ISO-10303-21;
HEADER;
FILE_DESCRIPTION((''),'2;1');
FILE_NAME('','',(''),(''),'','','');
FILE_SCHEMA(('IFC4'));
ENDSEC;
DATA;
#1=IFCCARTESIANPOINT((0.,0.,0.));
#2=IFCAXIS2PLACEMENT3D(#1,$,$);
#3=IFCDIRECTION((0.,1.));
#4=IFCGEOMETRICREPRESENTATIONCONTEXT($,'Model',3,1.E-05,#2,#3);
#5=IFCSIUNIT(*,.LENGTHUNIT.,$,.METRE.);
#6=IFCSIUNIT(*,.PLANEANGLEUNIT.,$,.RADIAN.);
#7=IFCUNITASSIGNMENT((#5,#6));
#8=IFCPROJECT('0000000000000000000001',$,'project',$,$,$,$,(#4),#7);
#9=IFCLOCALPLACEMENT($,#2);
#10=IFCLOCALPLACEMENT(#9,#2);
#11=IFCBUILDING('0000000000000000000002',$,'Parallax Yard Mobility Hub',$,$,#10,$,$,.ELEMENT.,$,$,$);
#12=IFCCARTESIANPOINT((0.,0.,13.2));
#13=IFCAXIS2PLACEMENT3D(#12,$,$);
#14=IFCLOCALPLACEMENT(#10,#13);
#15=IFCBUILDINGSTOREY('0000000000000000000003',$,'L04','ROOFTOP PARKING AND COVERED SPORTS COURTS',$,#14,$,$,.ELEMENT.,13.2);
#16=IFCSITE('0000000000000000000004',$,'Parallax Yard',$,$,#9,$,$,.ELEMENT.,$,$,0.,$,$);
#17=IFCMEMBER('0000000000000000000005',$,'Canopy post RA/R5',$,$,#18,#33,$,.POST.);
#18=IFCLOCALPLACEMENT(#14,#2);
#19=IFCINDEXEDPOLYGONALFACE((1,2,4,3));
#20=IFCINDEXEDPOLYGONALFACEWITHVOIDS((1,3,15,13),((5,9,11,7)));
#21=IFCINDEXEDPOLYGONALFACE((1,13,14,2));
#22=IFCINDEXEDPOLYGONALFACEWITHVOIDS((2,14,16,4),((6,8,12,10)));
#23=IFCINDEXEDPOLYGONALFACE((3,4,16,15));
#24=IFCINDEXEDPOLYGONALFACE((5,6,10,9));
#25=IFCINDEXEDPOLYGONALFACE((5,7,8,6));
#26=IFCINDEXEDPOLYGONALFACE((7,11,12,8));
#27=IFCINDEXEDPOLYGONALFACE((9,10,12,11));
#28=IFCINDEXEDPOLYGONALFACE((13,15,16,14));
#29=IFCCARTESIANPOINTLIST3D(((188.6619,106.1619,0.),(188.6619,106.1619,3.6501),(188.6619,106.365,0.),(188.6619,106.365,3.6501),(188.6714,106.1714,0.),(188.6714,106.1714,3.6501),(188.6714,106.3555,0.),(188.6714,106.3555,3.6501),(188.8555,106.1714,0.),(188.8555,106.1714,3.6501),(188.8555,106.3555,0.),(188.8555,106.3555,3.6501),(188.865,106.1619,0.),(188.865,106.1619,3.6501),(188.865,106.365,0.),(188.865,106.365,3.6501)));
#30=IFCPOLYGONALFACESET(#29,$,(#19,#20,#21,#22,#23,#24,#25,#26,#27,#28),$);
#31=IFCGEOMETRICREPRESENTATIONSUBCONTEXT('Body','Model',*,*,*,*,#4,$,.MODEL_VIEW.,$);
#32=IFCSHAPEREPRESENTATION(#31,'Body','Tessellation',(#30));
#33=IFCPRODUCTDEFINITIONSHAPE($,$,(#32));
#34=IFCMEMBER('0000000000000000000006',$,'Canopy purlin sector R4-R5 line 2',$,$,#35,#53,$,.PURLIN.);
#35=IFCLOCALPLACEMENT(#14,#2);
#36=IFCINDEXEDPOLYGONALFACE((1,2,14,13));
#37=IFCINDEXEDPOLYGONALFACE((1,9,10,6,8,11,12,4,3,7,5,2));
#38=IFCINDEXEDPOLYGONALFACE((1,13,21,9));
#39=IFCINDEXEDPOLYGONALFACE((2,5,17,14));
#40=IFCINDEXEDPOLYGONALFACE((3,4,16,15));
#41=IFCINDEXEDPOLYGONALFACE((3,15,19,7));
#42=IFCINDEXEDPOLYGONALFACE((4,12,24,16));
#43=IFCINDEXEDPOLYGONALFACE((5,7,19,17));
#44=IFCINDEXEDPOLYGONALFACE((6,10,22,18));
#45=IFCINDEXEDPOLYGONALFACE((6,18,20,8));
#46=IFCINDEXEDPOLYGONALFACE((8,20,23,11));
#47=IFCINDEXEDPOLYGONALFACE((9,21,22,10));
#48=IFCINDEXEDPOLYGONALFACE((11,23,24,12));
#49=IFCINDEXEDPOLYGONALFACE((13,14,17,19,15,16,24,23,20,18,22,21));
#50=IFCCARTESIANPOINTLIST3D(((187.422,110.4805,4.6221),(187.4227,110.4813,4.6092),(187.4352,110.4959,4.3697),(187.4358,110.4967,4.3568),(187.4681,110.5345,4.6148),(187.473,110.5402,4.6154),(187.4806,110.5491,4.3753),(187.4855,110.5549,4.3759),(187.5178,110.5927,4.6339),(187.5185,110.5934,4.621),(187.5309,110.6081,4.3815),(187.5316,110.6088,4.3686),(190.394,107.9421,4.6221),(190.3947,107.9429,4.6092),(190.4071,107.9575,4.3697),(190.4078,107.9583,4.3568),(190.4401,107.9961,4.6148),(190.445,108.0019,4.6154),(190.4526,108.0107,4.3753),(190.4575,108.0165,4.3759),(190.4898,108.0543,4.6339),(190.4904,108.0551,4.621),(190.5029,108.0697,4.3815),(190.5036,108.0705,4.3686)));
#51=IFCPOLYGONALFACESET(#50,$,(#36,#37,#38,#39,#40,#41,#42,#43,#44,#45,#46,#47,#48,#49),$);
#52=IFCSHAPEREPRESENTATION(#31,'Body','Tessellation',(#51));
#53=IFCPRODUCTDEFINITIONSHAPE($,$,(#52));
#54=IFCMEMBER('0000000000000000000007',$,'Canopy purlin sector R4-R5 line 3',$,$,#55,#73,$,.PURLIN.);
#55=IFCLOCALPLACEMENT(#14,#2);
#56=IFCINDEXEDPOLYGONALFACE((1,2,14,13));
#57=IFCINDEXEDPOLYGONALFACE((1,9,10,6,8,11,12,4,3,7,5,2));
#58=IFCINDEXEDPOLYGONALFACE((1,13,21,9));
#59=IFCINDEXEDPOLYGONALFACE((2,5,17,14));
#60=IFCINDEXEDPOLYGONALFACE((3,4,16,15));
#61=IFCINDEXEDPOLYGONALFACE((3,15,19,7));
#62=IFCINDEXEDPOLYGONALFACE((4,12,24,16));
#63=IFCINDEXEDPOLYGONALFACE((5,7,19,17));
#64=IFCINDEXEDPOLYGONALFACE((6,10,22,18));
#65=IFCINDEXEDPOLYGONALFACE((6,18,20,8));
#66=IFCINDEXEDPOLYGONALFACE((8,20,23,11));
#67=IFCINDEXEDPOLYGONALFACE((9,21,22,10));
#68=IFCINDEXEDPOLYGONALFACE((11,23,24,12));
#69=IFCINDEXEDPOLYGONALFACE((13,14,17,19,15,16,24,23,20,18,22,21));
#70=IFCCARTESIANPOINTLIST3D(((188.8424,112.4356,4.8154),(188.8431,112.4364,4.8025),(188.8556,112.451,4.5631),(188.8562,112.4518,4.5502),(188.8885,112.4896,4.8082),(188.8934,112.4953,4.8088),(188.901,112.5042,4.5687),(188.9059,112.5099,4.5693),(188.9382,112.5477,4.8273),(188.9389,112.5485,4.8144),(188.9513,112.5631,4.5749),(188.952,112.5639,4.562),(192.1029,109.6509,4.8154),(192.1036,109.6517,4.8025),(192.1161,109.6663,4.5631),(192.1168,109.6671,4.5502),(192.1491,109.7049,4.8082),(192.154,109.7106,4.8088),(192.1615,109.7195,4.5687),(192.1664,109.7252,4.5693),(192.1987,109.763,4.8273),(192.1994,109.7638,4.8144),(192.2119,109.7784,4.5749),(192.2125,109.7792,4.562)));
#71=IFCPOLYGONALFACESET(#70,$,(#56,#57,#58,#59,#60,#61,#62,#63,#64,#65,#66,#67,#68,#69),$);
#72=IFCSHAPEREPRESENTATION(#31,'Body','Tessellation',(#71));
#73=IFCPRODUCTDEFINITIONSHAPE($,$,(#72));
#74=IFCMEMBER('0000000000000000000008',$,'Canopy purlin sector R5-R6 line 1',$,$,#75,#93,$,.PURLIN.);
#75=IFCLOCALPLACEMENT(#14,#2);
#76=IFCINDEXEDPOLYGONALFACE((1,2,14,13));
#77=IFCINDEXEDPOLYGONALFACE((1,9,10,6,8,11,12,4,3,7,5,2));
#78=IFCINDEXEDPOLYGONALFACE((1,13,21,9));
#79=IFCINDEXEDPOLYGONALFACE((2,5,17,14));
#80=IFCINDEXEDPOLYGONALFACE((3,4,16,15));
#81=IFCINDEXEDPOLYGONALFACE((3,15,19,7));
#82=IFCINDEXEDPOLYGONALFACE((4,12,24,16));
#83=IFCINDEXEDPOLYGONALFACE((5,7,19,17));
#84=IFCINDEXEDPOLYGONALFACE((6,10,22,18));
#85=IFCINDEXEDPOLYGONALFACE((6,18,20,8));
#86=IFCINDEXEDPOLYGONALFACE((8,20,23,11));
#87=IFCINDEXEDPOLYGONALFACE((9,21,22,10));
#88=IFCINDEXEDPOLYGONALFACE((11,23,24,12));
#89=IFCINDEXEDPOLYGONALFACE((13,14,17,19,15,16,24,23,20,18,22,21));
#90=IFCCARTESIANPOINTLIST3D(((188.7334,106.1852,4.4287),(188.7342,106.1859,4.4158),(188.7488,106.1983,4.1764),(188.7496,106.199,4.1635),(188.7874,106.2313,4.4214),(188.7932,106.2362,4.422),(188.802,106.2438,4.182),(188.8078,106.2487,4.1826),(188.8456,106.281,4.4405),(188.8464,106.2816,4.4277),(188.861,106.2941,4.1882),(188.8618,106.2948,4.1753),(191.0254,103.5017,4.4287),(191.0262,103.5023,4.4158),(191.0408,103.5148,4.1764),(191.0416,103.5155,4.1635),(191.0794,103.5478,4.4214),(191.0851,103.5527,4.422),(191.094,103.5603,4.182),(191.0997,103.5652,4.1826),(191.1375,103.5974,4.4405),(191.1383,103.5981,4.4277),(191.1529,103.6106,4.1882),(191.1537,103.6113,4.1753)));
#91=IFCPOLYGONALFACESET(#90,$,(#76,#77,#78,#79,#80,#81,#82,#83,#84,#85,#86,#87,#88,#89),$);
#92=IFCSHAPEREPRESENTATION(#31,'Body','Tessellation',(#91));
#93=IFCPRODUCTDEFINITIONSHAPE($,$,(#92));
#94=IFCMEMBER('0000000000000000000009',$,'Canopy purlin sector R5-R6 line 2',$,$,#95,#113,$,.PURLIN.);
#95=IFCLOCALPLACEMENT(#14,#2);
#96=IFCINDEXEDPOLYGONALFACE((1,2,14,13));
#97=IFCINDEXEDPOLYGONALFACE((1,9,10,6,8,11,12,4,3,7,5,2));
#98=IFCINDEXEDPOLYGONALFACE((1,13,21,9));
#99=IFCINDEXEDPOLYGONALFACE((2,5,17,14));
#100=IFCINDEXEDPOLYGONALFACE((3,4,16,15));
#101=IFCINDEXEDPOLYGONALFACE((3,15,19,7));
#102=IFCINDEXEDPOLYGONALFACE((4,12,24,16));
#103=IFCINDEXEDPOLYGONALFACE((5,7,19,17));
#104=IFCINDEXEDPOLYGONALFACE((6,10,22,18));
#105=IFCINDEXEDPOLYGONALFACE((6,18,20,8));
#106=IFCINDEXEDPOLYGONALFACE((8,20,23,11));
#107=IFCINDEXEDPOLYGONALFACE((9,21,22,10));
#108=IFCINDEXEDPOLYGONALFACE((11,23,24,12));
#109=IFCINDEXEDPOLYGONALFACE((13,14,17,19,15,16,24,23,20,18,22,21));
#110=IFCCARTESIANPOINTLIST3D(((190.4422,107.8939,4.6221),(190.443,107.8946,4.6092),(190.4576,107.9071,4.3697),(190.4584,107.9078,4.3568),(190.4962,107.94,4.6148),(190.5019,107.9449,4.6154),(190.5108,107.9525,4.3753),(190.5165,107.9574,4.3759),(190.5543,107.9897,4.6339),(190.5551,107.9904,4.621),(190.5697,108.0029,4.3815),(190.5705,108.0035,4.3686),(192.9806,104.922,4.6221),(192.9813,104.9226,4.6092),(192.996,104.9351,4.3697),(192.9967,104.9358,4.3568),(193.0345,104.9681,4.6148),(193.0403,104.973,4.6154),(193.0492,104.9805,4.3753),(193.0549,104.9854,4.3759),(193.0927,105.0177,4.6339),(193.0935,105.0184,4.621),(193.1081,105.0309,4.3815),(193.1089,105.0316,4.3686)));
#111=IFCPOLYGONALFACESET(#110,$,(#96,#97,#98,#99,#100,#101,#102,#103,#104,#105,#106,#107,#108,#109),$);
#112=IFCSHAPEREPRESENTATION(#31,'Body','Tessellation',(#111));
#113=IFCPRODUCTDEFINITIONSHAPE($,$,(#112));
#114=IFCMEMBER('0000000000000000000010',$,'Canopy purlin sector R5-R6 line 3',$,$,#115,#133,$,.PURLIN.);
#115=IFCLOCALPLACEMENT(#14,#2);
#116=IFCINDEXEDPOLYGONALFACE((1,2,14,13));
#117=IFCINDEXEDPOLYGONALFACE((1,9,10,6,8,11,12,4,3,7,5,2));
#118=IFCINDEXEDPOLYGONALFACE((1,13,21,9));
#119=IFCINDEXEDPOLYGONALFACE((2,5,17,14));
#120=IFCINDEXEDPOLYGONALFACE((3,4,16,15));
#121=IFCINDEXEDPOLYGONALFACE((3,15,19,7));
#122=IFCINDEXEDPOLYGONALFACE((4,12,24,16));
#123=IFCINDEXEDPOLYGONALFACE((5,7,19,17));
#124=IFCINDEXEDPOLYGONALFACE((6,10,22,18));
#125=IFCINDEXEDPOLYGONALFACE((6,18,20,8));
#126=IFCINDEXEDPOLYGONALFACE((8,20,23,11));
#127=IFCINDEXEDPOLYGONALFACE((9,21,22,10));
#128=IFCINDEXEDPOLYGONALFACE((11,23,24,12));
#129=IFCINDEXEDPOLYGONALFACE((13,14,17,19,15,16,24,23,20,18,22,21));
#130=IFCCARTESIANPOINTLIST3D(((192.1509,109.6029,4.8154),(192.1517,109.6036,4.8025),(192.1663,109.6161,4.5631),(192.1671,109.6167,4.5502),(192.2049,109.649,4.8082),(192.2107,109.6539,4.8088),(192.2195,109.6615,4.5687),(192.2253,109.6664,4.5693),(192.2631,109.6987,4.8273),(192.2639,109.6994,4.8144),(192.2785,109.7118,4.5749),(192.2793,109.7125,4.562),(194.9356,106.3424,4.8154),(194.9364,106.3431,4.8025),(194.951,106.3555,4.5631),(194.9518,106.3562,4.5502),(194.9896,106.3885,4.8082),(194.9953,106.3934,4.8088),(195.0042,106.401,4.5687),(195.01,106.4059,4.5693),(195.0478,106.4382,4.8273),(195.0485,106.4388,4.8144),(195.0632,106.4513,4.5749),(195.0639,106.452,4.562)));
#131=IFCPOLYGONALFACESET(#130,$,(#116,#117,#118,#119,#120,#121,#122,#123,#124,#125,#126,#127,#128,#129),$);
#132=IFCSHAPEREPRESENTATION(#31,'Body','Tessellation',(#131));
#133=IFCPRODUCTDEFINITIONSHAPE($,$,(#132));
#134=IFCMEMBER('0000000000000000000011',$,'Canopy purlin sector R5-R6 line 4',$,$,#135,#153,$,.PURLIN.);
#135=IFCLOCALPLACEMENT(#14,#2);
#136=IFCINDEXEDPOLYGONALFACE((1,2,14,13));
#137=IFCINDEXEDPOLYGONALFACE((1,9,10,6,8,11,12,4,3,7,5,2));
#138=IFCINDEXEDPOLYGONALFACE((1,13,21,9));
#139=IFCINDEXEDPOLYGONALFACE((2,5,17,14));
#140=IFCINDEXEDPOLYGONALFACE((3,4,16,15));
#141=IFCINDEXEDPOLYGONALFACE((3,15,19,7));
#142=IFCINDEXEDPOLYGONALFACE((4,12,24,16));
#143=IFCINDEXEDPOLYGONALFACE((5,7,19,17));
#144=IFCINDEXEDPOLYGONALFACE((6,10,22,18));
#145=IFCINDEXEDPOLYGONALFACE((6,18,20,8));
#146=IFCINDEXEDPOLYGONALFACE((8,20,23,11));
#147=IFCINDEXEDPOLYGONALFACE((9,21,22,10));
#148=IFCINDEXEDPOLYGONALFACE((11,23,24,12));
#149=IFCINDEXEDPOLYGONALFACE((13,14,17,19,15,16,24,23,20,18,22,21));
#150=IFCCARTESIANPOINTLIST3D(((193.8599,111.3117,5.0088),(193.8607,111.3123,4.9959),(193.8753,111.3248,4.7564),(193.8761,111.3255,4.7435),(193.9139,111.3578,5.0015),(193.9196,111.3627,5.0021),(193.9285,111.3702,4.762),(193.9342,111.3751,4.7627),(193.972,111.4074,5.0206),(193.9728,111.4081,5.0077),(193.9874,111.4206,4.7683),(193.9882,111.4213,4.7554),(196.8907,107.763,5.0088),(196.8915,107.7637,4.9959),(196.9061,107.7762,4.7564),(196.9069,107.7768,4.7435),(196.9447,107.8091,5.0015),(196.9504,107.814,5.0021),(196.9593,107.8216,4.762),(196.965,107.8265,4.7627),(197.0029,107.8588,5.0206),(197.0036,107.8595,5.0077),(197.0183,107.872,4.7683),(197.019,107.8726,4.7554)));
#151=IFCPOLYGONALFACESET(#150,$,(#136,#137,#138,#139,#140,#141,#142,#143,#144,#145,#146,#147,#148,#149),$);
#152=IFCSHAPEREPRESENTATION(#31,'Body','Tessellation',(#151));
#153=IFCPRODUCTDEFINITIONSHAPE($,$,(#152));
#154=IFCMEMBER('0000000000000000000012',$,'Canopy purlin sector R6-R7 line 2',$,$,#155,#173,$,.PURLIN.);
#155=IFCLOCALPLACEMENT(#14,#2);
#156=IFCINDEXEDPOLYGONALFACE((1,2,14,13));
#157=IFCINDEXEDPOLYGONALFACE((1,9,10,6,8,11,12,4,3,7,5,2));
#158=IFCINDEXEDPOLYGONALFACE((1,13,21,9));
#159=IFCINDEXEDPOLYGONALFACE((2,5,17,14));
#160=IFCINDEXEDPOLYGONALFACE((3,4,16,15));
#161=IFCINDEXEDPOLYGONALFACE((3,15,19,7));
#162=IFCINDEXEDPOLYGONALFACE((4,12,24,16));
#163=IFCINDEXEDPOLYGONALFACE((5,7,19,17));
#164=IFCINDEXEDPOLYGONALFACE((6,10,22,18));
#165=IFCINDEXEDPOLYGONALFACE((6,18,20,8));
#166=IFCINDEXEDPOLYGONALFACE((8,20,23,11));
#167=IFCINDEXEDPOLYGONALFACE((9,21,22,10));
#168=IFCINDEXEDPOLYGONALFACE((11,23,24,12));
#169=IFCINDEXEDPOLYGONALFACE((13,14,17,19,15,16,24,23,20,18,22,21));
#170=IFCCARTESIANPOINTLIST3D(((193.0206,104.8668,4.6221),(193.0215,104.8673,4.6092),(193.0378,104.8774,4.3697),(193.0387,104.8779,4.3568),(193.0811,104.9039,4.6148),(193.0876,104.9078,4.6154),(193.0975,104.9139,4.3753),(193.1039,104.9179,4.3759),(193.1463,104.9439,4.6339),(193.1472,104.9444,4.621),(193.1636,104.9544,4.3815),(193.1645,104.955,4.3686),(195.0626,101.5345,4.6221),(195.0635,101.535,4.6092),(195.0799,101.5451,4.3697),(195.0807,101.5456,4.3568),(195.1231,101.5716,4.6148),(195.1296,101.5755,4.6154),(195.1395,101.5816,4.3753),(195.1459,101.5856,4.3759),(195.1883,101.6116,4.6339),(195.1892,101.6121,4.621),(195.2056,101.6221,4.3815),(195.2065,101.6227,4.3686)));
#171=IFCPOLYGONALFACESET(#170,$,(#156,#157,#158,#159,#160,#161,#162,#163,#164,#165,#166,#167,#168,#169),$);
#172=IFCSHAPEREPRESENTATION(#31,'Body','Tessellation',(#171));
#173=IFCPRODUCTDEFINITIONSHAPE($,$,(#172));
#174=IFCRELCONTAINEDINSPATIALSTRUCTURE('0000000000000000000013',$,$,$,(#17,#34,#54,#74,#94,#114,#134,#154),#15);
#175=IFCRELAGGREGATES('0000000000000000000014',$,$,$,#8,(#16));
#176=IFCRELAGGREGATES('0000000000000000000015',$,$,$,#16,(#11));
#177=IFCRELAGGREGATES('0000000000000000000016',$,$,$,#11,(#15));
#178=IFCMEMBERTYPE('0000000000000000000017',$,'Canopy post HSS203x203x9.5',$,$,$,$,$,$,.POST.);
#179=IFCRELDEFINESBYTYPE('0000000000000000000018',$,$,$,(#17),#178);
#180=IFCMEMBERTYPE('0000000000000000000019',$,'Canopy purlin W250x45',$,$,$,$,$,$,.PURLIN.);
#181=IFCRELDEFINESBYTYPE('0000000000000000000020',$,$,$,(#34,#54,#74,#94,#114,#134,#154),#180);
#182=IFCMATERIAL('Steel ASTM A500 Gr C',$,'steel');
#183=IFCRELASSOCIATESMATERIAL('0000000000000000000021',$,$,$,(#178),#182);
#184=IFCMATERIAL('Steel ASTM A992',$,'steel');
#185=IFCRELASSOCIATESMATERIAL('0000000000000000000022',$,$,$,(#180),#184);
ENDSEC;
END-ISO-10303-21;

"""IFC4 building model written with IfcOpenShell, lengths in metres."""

from ifc_helpers import new_model, si_unit, direction, frame, origin, origin_2d, place, context, subcontext, project, spatial, hollow_rectangle, i_section, extrude, material, material_profile, profile_set, type_object, element, save


model = new_model("IFC4")

# Units and contexts
model_context = context("Model", 3, precision=1e-05, world=origin(), true_north=direction((0.0, 1.0)))
body_context = subcontext(model_context, "Body", "Model", "MODEL_VIEW")
ifc_project = project(units=[si_unit("LENGTHUNIT", "METRE"), si_unit("PLANEANGLEUNIT", "RADIAN")], contexts=[model_context])

# Site, building, storey
site_placement = place(None, origin())
site = spatial("IfcSite", under=ifc_project, at=site_placement, Name="Parallax Yard", CompositionType="ELEMENT", RefElevation=0.0)
building_placement = place(site_placement, origin())
building = spatial("IfcBuilding", under=site, at=building_placement, Name="Parallax Yard Mobility Hub", CompositionType="ELEMENT")
storey_placement = place(building_placement, frame((0.0, 0.0, 13.2)))
storey = spatial("IfcBuildingStorey", under=building, at=storey_placement, Name="L04", Description="ROOFTOP PARKING AND COVERED SPORTS COURTS", CompositionType="ELEMENT", Elevation=13.2)

# Members
ifc_material_1 = material(Name="Steel ASTM A500 Gr C", Category="steel")
ifc_material_profile_1 = material_profile(ifc_material_1, hollow_rectangle(XDim=0.2031, YDim=0.2031, WallThickness=0.0095, at=origin_2d()), Name="HSS203x203x9.5")
ifc_profile_set_1 = profile_set([ifc_material_profile_1], Name="Steel ASTM A500 Gr C")
member_type_1 = type_object("IfcMemberType", Name="Canopy post HSS203x203x9.5", PredefinedType="POST", material=ifc_profile_set_1)
member_1_placement = place(storey_placement, frame((188.7634, 106.2634, 0.0), z_axis=(0.0, 0.0, 1.0), x_axis=(1.0, 0.0, 0.0)))
element("IfcMember", 1, at=member_1_placement, inside=storey, type_object=member_type_1, Name="Canopy post RA/R5", PredefinedType="POST", context=body_context, shape_type="SweptSolid", body=[
    extrude(hollow_rectangle(XDim=0.2031, YDim=0.2031, WallThickness=0.0095, at=origin_2d()), origin(), (0.0, 0.0, 1.0), 3.6501),
])
ifc_material_2 = material(Name="Steel ASTM A992", Category="steel")
ifc_material_profile_2 = material_profile(ifc_material_2, i_section(OverallWidth=0.1479, OverallDepth=0.2661, WebThickness=0.0076, FlangeThickness=0.0129, at=origin_2d()), Name="W250x45")
ifc_profile_set_2 = profile_set([ifc_material_profile_2], Name="Steel ASTM A992")
member_type_2 = type_object("IfcMemberType", Name="Canopy purlin W250x45", PredefinedType="PURLIN", material=ifc_profile_set_2)
member_2_placement = place(storey_placement, frame((187.4768, 110.5447, 4.4954), z_axis=(0.760397, -0.649458, 0.0), x_axis=(0.647377, 0.757961, 0.07999)))
element("IfcMember", 2, at=member_2_placement, inside=storey, type_object=member_type_2, Name="Canopy purlin sector R4-R5 line 2", PredefinedType="PURLIN", context=body_context, shape_type="SweptSolid", body=[
    extrude(i_section(OverallWidth=0.1479, OverallDepth=0.2661, WebThickness=0.0076, FlangeThickness=0.0129, at=origin_2d()), origin(), (0.0, 0.0, 1.0), 3.9084),
])
member_3_placement = place(storey_placement, frame((188.8972, 112.4998, 4.6887), z_axis=(0.760413, -0.64944, 0.0), x_axis=(0.647359, 0.757976, 0.07999)))
element("IfcMember", 3, at=member_3_placement, inside=storey, type_object=member_type_2, Name="Canopy purlin sector R4-R5 line 3", PredefinedType="PURLIN", context=body_context, shape_type="SweptSolid", body=[
    extrude(i_section(OverallWidth=0.1479, OverallDepth=0.2661, WebThickness=0.0076, FlangeThickness=0.0129, at=origin_2d()), origin(), (0.0, 0.0, 1.0), 4.2878),
])
member_4_placement = place(storey_placement, frame((188.7976, 106.24, 4.302), z_axis=(0.649446, -0.760408, 0.0), x_axis=(0.757971, 0.647365, 0.07999)))
element("IfcMember", 4, at=member_4_placement, inside=storey, type_object=member_type_2, Name="Canopy purlin sector R5-R6 line 1", PredefinedType="PURLIN", context=body_context, shape_type="SweptSolid", body=[
    extrude(i_section(OverallWidth=0.1479, OverallDepth=0.2661, WebThickness=0.0076, FlangeThickness=0.0129, at=origin_2d()), origin(), (0.0, 0.0, 1.0), 3.5291),
])
member_5_placement = place(storey_placement, frame((190.5063, 107.9487, 4.4954), z_axis=(0.649458, -0.760397, 0.0), x_axis=(0.757961, 0.647377, 0.07999)))
element("IfcMember", 5, at=member_5_placement, inside=storey, type_object=member_type_2, Name="Canopy purlin sector R5-R6 line 2", PredefinedType="PURLIN", context=body_context, shape_type="SweptSolid", body=[
    extrude(i_section(OverallWidth=0.1479, OverallDepth=0.2661, WebThickness=0.0076, FlangeThickness=0.0129, at=origin_2d()), origin(), (0.0, 0.0, 1.0), 3.9084),
])
member_6_placement = place(storey_placement, frame((192.2151, 109.6577, 4.6887), z_axis=(0.64944, -0.760413, 0.0), x_axis=(0.757976, 0.647359, 0.07999)))
element("IfcMember", 6, at=member_6_placement, inside=storey, type_object=member_type_2, Name="Canopy purlin sector R5-R6 line 3", PredefinedType="PURLIN", context=body_context, shape_type="SweptSolid", body=[
    extrude(i_section(OverallWidth=0.1479, OverallDepth=0.2661, WebThickness=0.0076, FlangeThickness=0.0129, at=origin_2d()), origin(), (0.0, 0.0, 1.0), 4.2878),
])
member_7_placement = place(storey_placement, frame((193.9241, 111.3665, 4.8821), z_axis=(0.649446, -0.760408, 0.0), x_axis=(0.757971, 0.647365, 0.07999)))
element("IfcMember", 7, at=member_7_placement, inside=storey, type_object=member_type_2, Name="Canopy purlin sector R5-R6 line 4", PredefinedType="PURLIN", context=body_context, shape_type="SweptSolid", body=[
    extrude(i_section(OverallWidth=0.1479, OverallDepth=0.2661, WebThickness=0.0076, FlangeThickness=0.0129, at=origin_2d()), origin(), (0.0, 0.0, 1.0), 4.6667),
])
member_8_placement = place(storey_placement, frame((193.0925, 104.9109, 4.4954), z_axis=(0.522493, -0.852643, 0.0), x_axis=(0.849911, 0.520819, 0.07999)))
element("IfcMember", 8, at=member_8_placement, inside=storey, type_object=member_type_2, Name="Canopy purlin sector R6-R7 line 2", PredefinedType="PURLIN", context=body_context, shape_type="SweptSolid", body=[
    extrude(i_section(OverallWidth=0.1479, OverallDepth=0.2661, WebThickness=0.0076, FlangeThickness=0.0129, at=origin_2d()), origin(), (0.0, 0.0, 1.0), 3.9082),
])

save(model, "model.ifc")
